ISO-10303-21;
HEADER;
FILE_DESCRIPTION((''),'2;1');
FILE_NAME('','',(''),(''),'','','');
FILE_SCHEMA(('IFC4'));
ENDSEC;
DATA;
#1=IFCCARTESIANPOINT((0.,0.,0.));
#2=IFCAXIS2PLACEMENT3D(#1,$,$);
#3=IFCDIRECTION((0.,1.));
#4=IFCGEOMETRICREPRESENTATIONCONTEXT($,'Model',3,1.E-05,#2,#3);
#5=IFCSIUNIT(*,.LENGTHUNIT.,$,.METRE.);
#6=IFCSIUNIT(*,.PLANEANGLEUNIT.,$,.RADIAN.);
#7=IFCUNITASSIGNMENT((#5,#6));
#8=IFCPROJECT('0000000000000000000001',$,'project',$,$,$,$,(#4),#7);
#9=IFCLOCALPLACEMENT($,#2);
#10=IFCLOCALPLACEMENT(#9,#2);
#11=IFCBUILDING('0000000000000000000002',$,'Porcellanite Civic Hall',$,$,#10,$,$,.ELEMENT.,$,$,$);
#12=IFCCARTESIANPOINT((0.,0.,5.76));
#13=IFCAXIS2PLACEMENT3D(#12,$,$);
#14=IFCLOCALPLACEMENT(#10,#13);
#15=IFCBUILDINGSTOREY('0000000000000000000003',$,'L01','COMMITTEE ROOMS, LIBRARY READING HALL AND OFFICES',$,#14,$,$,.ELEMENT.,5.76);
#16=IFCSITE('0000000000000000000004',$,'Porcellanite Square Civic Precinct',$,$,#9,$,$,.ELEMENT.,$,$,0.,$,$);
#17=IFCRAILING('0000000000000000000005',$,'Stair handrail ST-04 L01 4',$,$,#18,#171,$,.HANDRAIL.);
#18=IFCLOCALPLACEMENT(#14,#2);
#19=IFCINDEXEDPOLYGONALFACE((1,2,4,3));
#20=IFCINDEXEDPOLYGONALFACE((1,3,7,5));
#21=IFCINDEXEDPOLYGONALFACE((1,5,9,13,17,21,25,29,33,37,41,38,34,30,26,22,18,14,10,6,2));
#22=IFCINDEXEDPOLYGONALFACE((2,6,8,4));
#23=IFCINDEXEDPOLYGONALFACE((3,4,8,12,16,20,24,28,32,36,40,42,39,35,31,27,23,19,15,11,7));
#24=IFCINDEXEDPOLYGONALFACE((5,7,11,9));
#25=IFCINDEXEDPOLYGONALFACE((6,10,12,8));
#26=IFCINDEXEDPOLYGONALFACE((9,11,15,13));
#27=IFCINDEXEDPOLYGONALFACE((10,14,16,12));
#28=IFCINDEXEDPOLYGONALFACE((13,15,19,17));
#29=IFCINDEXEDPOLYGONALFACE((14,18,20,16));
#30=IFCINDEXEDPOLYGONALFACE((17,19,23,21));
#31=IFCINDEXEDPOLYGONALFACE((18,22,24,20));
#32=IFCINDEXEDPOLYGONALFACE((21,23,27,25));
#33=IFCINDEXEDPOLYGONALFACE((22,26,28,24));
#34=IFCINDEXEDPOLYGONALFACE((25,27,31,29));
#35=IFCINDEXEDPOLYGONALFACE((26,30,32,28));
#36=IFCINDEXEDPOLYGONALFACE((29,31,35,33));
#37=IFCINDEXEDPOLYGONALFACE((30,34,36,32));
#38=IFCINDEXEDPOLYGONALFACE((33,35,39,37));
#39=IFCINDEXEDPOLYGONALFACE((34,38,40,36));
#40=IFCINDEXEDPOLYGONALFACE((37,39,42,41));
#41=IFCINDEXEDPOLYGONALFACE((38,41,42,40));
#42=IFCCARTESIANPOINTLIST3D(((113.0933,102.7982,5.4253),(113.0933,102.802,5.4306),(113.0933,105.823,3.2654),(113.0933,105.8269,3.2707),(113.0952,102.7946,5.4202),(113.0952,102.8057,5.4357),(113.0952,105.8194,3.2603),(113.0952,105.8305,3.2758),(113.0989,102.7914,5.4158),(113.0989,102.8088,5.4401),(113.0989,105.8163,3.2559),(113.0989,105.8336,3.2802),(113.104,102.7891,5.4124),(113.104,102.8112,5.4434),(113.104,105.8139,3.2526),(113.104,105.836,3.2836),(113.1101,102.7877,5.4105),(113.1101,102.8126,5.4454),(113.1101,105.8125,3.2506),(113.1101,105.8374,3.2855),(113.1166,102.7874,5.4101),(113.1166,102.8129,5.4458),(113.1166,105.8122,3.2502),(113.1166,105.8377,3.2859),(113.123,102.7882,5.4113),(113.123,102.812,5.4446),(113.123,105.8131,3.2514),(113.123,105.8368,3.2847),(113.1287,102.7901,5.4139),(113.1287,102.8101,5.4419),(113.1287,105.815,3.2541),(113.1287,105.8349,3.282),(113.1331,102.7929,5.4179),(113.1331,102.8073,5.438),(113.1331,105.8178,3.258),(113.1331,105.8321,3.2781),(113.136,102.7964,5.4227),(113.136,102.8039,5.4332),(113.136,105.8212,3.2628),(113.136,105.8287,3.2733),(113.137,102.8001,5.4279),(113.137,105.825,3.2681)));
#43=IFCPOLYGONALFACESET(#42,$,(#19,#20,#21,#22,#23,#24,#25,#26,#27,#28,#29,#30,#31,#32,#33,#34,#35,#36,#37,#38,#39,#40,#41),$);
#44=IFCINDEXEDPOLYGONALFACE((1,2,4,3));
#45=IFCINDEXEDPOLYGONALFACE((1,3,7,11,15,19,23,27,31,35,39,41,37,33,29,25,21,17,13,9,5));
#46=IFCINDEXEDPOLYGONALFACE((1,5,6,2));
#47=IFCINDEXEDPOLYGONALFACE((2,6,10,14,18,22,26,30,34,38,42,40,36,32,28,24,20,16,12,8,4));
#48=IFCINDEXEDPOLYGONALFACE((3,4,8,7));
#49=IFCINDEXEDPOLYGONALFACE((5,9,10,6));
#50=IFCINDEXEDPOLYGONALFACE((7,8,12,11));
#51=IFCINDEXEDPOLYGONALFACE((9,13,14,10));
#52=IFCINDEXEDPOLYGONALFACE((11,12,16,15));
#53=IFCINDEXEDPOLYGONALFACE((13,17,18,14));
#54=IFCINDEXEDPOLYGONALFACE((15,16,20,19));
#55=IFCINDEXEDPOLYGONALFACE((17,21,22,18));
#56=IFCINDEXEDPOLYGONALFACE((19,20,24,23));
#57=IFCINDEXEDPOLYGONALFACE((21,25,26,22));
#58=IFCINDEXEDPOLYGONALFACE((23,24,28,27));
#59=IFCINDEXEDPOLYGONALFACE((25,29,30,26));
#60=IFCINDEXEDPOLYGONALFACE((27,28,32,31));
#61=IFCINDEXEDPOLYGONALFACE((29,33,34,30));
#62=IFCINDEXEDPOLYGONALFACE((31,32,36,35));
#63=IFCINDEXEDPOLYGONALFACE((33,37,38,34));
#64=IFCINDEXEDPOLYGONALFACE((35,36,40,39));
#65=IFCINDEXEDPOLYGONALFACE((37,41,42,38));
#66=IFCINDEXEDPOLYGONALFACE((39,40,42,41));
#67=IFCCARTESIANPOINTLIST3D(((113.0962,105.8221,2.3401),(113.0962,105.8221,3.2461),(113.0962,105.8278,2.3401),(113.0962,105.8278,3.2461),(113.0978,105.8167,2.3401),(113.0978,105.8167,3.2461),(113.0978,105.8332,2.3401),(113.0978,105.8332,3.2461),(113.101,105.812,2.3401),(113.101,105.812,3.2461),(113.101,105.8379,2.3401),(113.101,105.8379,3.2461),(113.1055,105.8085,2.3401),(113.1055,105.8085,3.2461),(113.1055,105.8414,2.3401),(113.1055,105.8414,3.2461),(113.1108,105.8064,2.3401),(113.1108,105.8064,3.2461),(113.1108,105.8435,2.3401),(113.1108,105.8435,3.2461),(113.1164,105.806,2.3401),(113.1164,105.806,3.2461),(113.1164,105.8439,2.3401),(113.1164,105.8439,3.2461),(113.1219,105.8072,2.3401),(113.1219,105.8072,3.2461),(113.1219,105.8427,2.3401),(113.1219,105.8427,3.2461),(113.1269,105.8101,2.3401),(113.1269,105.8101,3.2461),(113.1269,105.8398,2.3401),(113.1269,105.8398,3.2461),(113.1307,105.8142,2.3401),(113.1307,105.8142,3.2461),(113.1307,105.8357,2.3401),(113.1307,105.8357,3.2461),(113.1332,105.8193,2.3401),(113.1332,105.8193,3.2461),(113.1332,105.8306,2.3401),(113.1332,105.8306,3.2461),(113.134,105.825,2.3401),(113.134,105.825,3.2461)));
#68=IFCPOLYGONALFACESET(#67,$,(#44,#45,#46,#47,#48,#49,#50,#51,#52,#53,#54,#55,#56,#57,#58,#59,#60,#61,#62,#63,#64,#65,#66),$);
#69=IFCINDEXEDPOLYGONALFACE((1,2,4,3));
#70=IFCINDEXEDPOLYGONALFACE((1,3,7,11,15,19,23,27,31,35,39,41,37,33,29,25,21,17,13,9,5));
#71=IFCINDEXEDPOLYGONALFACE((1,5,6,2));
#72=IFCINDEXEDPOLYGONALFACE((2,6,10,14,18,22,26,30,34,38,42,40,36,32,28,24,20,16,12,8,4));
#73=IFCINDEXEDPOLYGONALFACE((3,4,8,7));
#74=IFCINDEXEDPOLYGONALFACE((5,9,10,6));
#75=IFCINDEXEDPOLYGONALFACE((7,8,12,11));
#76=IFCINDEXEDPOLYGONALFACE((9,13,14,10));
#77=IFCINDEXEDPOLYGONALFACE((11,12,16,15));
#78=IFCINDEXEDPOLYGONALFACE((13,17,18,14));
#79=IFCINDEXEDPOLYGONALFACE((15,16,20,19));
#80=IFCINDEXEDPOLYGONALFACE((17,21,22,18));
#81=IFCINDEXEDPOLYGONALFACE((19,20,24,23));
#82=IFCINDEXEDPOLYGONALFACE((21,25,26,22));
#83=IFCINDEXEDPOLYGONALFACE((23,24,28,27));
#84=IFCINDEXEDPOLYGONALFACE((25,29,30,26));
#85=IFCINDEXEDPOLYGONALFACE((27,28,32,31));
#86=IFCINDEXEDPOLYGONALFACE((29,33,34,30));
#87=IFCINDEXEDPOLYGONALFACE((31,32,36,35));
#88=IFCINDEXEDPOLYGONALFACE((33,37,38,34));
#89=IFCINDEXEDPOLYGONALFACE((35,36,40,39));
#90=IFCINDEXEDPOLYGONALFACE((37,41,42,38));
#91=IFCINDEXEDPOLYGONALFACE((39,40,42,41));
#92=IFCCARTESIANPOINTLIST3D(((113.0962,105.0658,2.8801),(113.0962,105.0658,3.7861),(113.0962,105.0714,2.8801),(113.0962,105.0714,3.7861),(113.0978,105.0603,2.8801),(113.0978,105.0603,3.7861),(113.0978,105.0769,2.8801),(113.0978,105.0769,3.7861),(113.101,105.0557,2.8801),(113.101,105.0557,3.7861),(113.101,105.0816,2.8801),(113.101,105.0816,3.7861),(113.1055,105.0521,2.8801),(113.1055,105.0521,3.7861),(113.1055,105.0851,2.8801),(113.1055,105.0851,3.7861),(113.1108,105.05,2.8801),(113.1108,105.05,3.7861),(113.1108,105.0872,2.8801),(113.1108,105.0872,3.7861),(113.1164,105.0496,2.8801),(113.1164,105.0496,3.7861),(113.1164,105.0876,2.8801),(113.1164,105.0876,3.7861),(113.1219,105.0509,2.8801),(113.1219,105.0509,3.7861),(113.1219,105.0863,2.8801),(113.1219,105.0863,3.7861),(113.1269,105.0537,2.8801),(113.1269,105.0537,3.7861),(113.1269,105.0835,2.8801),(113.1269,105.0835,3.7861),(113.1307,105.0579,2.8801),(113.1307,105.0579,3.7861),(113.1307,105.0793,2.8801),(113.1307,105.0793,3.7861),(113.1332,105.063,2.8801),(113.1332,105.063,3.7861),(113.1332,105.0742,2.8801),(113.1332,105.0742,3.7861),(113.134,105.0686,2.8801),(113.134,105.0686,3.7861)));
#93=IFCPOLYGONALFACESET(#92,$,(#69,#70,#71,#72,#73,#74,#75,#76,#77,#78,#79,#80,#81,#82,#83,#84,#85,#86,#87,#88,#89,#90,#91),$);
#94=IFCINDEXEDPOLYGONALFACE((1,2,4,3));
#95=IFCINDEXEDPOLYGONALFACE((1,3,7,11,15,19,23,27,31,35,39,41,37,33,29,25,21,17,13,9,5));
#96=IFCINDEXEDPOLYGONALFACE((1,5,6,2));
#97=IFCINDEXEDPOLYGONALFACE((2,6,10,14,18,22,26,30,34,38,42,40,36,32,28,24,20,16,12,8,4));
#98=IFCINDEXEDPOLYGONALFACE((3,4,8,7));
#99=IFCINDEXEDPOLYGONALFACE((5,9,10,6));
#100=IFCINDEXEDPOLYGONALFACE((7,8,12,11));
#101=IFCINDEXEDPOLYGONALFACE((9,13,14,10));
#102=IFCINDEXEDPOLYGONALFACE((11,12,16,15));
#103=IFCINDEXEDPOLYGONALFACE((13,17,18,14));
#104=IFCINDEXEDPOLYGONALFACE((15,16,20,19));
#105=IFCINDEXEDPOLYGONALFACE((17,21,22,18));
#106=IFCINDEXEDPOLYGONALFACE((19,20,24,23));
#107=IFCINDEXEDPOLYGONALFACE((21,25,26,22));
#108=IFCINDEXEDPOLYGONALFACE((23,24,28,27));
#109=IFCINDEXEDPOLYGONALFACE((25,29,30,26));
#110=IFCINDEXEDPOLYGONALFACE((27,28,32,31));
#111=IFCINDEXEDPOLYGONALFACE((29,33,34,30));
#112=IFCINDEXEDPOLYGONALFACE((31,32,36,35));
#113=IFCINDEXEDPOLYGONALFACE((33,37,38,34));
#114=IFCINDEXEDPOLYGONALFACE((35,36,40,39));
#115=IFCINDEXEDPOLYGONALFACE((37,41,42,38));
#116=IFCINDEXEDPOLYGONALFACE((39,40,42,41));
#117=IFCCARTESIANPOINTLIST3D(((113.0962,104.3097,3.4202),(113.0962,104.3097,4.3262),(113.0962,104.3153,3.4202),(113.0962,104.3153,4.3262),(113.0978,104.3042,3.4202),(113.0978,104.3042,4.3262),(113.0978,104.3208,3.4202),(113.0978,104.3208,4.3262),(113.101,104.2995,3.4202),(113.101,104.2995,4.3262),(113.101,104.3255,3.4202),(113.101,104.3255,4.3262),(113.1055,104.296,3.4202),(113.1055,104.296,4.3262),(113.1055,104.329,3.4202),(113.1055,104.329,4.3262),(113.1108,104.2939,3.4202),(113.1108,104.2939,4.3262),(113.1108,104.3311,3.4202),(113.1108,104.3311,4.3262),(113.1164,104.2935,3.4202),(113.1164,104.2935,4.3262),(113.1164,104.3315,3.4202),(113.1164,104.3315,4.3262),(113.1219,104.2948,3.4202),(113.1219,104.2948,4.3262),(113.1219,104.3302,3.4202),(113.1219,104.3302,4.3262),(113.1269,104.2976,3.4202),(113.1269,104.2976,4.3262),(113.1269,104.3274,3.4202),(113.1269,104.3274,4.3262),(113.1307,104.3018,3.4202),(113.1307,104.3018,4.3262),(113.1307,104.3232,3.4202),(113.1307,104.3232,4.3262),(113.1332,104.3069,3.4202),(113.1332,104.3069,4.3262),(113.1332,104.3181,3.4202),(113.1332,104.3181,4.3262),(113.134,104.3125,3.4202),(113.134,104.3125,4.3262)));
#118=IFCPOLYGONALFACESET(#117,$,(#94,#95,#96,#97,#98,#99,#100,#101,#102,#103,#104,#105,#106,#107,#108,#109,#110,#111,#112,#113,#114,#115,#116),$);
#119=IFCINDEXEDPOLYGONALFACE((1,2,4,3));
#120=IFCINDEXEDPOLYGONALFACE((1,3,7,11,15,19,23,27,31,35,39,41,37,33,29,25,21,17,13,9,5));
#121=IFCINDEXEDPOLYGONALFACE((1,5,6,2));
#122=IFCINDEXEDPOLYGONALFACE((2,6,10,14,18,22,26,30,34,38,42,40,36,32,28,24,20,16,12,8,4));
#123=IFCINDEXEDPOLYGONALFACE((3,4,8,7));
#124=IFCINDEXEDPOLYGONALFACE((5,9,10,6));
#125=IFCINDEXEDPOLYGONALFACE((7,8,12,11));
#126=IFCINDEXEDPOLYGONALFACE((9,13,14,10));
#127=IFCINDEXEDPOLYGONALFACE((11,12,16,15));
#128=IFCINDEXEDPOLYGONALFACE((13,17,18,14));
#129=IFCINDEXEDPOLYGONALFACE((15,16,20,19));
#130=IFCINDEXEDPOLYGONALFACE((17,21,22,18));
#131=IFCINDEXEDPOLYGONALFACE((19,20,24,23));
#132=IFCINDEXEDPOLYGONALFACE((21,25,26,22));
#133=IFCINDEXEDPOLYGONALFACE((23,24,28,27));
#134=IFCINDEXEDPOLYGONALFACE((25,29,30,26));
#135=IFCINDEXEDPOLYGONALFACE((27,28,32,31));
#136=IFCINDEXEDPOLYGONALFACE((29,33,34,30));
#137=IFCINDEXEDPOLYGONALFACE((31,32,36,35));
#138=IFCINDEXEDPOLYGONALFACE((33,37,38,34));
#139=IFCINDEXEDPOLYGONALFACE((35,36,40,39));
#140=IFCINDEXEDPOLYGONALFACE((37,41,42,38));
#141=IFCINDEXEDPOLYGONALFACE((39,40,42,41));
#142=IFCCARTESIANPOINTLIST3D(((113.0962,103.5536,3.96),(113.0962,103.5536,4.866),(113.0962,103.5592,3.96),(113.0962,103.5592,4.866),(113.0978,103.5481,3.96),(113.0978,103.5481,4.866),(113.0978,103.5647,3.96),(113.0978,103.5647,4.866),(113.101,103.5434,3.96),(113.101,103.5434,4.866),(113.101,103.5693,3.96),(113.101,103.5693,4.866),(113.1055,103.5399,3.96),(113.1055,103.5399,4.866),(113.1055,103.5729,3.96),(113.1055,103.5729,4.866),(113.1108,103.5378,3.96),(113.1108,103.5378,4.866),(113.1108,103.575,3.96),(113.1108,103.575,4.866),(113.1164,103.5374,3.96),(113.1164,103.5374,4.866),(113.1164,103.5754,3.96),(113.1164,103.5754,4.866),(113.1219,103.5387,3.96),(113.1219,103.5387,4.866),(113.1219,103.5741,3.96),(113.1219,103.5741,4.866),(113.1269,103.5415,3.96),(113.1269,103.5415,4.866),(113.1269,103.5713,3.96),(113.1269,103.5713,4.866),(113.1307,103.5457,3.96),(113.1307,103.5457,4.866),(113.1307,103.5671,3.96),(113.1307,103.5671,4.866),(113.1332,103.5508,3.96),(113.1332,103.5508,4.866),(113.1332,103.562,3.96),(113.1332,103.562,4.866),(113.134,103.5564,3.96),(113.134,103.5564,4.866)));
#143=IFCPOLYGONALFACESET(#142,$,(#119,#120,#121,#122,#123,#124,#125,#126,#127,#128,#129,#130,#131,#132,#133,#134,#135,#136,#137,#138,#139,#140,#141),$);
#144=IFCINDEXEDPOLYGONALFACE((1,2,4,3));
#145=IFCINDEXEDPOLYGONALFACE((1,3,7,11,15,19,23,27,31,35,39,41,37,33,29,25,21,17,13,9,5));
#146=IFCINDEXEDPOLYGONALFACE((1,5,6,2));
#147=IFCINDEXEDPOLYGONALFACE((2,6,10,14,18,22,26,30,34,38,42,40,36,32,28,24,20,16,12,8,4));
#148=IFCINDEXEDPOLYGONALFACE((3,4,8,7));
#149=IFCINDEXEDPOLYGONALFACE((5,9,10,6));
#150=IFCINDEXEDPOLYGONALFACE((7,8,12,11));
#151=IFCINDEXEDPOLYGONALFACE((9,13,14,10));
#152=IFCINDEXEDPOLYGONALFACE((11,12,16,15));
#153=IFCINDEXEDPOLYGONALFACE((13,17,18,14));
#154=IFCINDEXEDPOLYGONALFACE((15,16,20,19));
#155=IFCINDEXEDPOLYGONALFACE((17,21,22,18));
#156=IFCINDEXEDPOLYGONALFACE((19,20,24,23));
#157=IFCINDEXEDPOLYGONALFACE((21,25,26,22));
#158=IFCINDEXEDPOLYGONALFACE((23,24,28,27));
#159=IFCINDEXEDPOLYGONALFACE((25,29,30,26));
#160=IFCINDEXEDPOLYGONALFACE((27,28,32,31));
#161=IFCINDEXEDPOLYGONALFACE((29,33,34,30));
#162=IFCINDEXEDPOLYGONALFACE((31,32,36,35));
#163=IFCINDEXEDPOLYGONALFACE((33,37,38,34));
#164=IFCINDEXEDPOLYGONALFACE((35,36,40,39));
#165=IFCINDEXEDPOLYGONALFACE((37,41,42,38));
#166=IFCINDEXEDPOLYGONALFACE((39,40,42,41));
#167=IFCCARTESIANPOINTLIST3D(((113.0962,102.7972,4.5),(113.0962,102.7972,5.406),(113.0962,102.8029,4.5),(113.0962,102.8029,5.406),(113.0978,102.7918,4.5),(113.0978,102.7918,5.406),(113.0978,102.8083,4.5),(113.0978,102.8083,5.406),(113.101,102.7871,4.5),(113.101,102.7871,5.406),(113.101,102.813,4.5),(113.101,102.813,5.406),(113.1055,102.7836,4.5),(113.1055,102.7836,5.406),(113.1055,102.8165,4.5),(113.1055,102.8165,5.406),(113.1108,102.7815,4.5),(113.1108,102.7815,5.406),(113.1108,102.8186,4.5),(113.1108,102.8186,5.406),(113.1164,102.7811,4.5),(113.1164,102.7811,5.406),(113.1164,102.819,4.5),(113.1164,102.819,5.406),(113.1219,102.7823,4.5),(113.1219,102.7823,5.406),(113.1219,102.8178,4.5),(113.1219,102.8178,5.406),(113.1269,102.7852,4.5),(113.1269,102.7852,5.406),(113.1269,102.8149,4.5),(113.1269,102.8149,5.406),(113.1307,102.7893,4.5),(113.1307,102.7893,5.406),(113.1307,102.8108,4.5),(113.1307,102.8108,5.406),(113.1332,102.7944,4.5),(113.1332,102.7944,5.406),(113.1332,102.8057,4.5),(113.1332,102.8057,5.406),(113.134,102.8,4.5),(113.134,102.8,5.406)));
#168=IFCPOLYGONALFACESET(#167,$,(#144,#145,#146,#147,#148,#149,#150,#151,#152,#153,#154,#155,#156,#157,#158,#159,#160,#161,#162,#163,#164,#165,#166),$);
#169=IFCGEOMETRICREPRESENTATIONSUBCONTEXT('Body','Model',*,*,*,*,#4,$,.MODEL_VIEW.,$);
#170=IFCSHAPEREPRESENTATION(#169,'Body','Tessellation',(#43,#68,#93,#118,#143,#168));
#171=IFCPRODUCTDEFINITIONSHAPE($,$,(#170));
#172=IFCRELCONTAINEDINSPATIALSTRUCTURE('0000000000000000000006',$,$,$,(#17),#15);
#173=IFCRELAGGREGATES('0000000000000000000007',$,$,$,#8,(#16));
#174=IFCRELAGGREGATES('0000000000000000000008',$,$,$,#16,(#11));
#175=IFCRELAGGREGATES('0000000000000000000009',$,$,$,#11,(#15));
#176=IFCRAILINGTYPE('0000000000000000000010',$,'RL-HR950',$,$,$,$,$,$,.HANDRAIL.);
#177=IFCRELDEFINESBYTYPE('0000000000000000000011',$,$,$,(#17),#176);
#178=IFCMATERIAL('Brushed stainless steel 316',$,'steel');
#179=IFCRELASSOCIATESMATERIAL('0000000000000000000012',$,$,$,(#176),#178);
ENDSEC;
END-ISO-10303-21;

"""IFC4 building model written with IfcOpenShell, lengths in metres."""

from ifc_helpers import new_model, si_unit, direction, frame, origin, origin_2d, place, context, subcontext, project, spatial, circle, extrude, material, type_object, element, save


model = new_model("IFC4")

# Units and contexts
model_context = context("Model", 3, precision=1e-05, world=origin(), true_north=direction((0.0, 1.0)))
body_context = subcontext(model_context, "Body", "Model", "MODEL_VIEW")
ifc_project = project(units=[si_unit("LENGTHUNIT", "METRE"), si_unit("PLANEANGLEUNIT", "RADIAN")], contexts=[model_context])

# Site, building, storey
site_placement = place(None, origin())
site = spatial("IfcSite", under=ifc_project, at=site_placement, Name="Porcellanite Square Civic Precinct", CompositionType="ELEMENT", RefElevation=0.0)
building_placement = place(site_placement, origin())
building = spatial("IfcBuilding", under=site, at=building_placement, Name="Porcellanite Civic Hall", CompositionType="ELEMENT")
storey_placement = place(building_placement, frame((0.0, 0.0, 5.76)))
storey = spatial("IfcBuildingStorey", under=building, at=storey_placement, Name="L01", Description="COMMITTEE ROOMS, LIBRARY READING HALL AND OFFICES", CompositionType="ELEMENT", Elevation=5.76)

# Railing
ifc_material_1 = material(Name="Brushed stainless steel 316", Category="steel")
railing_type_1 = type_object("IfcRailingType", Name="RL-HR950", PredefinedType="HANDRAIL", material=ifc_material_1)
railing_1_placement = place(storey_placement, frame((113.115, 105.825, 2.3401)))
element("IfcRailing", 1, at=railing_1_placement, inside=storey, type_object=railing_type_1, Name="Stair handrail ST-04 L01 4", PredefinedType="HANDRAIL", context=body_context, shape_type="SweptSolid", body=[
    extrude(circle(Radius=0.022, at=origin_2d()), frame((0.0, 0.0, 0.928), z_axis=(0.0, -0.813827, 0.581108), x_axis=(1.0, 0.0, 0.0)), (0.0, 0.0, 1.0), 3.7168),
    extrude(circle(Radius=0.019, at=origin_2d()), origin(), (0.0, 0.0, 1.0), 0.906),
    extrude(circle(Radius=0.019, at=origin_2d()), frame((0.0, -0.7563, 0.54)), (0.0, 0.0, 1.0), 0.906),
    extrude(circle(Radius=0.019, at=origin_2d()), frame((0.0, -1.5125, 1.0801)), (0.0, 0.0, 1.0), 0.906),
    extrude(circle(Radius=0.019, at=origin_2d()), frame((0.0, -2.2686, 1.6199)), (0.0, 0.0, 1.0), 0.906),
    extrude(circle(Radius=0.019, at=origin_2d()), frame((0.0, -3.0249, 2.1599)), (0.0, 0.0, 1.0), 0.906),
])

save(model, "model.ifc")
